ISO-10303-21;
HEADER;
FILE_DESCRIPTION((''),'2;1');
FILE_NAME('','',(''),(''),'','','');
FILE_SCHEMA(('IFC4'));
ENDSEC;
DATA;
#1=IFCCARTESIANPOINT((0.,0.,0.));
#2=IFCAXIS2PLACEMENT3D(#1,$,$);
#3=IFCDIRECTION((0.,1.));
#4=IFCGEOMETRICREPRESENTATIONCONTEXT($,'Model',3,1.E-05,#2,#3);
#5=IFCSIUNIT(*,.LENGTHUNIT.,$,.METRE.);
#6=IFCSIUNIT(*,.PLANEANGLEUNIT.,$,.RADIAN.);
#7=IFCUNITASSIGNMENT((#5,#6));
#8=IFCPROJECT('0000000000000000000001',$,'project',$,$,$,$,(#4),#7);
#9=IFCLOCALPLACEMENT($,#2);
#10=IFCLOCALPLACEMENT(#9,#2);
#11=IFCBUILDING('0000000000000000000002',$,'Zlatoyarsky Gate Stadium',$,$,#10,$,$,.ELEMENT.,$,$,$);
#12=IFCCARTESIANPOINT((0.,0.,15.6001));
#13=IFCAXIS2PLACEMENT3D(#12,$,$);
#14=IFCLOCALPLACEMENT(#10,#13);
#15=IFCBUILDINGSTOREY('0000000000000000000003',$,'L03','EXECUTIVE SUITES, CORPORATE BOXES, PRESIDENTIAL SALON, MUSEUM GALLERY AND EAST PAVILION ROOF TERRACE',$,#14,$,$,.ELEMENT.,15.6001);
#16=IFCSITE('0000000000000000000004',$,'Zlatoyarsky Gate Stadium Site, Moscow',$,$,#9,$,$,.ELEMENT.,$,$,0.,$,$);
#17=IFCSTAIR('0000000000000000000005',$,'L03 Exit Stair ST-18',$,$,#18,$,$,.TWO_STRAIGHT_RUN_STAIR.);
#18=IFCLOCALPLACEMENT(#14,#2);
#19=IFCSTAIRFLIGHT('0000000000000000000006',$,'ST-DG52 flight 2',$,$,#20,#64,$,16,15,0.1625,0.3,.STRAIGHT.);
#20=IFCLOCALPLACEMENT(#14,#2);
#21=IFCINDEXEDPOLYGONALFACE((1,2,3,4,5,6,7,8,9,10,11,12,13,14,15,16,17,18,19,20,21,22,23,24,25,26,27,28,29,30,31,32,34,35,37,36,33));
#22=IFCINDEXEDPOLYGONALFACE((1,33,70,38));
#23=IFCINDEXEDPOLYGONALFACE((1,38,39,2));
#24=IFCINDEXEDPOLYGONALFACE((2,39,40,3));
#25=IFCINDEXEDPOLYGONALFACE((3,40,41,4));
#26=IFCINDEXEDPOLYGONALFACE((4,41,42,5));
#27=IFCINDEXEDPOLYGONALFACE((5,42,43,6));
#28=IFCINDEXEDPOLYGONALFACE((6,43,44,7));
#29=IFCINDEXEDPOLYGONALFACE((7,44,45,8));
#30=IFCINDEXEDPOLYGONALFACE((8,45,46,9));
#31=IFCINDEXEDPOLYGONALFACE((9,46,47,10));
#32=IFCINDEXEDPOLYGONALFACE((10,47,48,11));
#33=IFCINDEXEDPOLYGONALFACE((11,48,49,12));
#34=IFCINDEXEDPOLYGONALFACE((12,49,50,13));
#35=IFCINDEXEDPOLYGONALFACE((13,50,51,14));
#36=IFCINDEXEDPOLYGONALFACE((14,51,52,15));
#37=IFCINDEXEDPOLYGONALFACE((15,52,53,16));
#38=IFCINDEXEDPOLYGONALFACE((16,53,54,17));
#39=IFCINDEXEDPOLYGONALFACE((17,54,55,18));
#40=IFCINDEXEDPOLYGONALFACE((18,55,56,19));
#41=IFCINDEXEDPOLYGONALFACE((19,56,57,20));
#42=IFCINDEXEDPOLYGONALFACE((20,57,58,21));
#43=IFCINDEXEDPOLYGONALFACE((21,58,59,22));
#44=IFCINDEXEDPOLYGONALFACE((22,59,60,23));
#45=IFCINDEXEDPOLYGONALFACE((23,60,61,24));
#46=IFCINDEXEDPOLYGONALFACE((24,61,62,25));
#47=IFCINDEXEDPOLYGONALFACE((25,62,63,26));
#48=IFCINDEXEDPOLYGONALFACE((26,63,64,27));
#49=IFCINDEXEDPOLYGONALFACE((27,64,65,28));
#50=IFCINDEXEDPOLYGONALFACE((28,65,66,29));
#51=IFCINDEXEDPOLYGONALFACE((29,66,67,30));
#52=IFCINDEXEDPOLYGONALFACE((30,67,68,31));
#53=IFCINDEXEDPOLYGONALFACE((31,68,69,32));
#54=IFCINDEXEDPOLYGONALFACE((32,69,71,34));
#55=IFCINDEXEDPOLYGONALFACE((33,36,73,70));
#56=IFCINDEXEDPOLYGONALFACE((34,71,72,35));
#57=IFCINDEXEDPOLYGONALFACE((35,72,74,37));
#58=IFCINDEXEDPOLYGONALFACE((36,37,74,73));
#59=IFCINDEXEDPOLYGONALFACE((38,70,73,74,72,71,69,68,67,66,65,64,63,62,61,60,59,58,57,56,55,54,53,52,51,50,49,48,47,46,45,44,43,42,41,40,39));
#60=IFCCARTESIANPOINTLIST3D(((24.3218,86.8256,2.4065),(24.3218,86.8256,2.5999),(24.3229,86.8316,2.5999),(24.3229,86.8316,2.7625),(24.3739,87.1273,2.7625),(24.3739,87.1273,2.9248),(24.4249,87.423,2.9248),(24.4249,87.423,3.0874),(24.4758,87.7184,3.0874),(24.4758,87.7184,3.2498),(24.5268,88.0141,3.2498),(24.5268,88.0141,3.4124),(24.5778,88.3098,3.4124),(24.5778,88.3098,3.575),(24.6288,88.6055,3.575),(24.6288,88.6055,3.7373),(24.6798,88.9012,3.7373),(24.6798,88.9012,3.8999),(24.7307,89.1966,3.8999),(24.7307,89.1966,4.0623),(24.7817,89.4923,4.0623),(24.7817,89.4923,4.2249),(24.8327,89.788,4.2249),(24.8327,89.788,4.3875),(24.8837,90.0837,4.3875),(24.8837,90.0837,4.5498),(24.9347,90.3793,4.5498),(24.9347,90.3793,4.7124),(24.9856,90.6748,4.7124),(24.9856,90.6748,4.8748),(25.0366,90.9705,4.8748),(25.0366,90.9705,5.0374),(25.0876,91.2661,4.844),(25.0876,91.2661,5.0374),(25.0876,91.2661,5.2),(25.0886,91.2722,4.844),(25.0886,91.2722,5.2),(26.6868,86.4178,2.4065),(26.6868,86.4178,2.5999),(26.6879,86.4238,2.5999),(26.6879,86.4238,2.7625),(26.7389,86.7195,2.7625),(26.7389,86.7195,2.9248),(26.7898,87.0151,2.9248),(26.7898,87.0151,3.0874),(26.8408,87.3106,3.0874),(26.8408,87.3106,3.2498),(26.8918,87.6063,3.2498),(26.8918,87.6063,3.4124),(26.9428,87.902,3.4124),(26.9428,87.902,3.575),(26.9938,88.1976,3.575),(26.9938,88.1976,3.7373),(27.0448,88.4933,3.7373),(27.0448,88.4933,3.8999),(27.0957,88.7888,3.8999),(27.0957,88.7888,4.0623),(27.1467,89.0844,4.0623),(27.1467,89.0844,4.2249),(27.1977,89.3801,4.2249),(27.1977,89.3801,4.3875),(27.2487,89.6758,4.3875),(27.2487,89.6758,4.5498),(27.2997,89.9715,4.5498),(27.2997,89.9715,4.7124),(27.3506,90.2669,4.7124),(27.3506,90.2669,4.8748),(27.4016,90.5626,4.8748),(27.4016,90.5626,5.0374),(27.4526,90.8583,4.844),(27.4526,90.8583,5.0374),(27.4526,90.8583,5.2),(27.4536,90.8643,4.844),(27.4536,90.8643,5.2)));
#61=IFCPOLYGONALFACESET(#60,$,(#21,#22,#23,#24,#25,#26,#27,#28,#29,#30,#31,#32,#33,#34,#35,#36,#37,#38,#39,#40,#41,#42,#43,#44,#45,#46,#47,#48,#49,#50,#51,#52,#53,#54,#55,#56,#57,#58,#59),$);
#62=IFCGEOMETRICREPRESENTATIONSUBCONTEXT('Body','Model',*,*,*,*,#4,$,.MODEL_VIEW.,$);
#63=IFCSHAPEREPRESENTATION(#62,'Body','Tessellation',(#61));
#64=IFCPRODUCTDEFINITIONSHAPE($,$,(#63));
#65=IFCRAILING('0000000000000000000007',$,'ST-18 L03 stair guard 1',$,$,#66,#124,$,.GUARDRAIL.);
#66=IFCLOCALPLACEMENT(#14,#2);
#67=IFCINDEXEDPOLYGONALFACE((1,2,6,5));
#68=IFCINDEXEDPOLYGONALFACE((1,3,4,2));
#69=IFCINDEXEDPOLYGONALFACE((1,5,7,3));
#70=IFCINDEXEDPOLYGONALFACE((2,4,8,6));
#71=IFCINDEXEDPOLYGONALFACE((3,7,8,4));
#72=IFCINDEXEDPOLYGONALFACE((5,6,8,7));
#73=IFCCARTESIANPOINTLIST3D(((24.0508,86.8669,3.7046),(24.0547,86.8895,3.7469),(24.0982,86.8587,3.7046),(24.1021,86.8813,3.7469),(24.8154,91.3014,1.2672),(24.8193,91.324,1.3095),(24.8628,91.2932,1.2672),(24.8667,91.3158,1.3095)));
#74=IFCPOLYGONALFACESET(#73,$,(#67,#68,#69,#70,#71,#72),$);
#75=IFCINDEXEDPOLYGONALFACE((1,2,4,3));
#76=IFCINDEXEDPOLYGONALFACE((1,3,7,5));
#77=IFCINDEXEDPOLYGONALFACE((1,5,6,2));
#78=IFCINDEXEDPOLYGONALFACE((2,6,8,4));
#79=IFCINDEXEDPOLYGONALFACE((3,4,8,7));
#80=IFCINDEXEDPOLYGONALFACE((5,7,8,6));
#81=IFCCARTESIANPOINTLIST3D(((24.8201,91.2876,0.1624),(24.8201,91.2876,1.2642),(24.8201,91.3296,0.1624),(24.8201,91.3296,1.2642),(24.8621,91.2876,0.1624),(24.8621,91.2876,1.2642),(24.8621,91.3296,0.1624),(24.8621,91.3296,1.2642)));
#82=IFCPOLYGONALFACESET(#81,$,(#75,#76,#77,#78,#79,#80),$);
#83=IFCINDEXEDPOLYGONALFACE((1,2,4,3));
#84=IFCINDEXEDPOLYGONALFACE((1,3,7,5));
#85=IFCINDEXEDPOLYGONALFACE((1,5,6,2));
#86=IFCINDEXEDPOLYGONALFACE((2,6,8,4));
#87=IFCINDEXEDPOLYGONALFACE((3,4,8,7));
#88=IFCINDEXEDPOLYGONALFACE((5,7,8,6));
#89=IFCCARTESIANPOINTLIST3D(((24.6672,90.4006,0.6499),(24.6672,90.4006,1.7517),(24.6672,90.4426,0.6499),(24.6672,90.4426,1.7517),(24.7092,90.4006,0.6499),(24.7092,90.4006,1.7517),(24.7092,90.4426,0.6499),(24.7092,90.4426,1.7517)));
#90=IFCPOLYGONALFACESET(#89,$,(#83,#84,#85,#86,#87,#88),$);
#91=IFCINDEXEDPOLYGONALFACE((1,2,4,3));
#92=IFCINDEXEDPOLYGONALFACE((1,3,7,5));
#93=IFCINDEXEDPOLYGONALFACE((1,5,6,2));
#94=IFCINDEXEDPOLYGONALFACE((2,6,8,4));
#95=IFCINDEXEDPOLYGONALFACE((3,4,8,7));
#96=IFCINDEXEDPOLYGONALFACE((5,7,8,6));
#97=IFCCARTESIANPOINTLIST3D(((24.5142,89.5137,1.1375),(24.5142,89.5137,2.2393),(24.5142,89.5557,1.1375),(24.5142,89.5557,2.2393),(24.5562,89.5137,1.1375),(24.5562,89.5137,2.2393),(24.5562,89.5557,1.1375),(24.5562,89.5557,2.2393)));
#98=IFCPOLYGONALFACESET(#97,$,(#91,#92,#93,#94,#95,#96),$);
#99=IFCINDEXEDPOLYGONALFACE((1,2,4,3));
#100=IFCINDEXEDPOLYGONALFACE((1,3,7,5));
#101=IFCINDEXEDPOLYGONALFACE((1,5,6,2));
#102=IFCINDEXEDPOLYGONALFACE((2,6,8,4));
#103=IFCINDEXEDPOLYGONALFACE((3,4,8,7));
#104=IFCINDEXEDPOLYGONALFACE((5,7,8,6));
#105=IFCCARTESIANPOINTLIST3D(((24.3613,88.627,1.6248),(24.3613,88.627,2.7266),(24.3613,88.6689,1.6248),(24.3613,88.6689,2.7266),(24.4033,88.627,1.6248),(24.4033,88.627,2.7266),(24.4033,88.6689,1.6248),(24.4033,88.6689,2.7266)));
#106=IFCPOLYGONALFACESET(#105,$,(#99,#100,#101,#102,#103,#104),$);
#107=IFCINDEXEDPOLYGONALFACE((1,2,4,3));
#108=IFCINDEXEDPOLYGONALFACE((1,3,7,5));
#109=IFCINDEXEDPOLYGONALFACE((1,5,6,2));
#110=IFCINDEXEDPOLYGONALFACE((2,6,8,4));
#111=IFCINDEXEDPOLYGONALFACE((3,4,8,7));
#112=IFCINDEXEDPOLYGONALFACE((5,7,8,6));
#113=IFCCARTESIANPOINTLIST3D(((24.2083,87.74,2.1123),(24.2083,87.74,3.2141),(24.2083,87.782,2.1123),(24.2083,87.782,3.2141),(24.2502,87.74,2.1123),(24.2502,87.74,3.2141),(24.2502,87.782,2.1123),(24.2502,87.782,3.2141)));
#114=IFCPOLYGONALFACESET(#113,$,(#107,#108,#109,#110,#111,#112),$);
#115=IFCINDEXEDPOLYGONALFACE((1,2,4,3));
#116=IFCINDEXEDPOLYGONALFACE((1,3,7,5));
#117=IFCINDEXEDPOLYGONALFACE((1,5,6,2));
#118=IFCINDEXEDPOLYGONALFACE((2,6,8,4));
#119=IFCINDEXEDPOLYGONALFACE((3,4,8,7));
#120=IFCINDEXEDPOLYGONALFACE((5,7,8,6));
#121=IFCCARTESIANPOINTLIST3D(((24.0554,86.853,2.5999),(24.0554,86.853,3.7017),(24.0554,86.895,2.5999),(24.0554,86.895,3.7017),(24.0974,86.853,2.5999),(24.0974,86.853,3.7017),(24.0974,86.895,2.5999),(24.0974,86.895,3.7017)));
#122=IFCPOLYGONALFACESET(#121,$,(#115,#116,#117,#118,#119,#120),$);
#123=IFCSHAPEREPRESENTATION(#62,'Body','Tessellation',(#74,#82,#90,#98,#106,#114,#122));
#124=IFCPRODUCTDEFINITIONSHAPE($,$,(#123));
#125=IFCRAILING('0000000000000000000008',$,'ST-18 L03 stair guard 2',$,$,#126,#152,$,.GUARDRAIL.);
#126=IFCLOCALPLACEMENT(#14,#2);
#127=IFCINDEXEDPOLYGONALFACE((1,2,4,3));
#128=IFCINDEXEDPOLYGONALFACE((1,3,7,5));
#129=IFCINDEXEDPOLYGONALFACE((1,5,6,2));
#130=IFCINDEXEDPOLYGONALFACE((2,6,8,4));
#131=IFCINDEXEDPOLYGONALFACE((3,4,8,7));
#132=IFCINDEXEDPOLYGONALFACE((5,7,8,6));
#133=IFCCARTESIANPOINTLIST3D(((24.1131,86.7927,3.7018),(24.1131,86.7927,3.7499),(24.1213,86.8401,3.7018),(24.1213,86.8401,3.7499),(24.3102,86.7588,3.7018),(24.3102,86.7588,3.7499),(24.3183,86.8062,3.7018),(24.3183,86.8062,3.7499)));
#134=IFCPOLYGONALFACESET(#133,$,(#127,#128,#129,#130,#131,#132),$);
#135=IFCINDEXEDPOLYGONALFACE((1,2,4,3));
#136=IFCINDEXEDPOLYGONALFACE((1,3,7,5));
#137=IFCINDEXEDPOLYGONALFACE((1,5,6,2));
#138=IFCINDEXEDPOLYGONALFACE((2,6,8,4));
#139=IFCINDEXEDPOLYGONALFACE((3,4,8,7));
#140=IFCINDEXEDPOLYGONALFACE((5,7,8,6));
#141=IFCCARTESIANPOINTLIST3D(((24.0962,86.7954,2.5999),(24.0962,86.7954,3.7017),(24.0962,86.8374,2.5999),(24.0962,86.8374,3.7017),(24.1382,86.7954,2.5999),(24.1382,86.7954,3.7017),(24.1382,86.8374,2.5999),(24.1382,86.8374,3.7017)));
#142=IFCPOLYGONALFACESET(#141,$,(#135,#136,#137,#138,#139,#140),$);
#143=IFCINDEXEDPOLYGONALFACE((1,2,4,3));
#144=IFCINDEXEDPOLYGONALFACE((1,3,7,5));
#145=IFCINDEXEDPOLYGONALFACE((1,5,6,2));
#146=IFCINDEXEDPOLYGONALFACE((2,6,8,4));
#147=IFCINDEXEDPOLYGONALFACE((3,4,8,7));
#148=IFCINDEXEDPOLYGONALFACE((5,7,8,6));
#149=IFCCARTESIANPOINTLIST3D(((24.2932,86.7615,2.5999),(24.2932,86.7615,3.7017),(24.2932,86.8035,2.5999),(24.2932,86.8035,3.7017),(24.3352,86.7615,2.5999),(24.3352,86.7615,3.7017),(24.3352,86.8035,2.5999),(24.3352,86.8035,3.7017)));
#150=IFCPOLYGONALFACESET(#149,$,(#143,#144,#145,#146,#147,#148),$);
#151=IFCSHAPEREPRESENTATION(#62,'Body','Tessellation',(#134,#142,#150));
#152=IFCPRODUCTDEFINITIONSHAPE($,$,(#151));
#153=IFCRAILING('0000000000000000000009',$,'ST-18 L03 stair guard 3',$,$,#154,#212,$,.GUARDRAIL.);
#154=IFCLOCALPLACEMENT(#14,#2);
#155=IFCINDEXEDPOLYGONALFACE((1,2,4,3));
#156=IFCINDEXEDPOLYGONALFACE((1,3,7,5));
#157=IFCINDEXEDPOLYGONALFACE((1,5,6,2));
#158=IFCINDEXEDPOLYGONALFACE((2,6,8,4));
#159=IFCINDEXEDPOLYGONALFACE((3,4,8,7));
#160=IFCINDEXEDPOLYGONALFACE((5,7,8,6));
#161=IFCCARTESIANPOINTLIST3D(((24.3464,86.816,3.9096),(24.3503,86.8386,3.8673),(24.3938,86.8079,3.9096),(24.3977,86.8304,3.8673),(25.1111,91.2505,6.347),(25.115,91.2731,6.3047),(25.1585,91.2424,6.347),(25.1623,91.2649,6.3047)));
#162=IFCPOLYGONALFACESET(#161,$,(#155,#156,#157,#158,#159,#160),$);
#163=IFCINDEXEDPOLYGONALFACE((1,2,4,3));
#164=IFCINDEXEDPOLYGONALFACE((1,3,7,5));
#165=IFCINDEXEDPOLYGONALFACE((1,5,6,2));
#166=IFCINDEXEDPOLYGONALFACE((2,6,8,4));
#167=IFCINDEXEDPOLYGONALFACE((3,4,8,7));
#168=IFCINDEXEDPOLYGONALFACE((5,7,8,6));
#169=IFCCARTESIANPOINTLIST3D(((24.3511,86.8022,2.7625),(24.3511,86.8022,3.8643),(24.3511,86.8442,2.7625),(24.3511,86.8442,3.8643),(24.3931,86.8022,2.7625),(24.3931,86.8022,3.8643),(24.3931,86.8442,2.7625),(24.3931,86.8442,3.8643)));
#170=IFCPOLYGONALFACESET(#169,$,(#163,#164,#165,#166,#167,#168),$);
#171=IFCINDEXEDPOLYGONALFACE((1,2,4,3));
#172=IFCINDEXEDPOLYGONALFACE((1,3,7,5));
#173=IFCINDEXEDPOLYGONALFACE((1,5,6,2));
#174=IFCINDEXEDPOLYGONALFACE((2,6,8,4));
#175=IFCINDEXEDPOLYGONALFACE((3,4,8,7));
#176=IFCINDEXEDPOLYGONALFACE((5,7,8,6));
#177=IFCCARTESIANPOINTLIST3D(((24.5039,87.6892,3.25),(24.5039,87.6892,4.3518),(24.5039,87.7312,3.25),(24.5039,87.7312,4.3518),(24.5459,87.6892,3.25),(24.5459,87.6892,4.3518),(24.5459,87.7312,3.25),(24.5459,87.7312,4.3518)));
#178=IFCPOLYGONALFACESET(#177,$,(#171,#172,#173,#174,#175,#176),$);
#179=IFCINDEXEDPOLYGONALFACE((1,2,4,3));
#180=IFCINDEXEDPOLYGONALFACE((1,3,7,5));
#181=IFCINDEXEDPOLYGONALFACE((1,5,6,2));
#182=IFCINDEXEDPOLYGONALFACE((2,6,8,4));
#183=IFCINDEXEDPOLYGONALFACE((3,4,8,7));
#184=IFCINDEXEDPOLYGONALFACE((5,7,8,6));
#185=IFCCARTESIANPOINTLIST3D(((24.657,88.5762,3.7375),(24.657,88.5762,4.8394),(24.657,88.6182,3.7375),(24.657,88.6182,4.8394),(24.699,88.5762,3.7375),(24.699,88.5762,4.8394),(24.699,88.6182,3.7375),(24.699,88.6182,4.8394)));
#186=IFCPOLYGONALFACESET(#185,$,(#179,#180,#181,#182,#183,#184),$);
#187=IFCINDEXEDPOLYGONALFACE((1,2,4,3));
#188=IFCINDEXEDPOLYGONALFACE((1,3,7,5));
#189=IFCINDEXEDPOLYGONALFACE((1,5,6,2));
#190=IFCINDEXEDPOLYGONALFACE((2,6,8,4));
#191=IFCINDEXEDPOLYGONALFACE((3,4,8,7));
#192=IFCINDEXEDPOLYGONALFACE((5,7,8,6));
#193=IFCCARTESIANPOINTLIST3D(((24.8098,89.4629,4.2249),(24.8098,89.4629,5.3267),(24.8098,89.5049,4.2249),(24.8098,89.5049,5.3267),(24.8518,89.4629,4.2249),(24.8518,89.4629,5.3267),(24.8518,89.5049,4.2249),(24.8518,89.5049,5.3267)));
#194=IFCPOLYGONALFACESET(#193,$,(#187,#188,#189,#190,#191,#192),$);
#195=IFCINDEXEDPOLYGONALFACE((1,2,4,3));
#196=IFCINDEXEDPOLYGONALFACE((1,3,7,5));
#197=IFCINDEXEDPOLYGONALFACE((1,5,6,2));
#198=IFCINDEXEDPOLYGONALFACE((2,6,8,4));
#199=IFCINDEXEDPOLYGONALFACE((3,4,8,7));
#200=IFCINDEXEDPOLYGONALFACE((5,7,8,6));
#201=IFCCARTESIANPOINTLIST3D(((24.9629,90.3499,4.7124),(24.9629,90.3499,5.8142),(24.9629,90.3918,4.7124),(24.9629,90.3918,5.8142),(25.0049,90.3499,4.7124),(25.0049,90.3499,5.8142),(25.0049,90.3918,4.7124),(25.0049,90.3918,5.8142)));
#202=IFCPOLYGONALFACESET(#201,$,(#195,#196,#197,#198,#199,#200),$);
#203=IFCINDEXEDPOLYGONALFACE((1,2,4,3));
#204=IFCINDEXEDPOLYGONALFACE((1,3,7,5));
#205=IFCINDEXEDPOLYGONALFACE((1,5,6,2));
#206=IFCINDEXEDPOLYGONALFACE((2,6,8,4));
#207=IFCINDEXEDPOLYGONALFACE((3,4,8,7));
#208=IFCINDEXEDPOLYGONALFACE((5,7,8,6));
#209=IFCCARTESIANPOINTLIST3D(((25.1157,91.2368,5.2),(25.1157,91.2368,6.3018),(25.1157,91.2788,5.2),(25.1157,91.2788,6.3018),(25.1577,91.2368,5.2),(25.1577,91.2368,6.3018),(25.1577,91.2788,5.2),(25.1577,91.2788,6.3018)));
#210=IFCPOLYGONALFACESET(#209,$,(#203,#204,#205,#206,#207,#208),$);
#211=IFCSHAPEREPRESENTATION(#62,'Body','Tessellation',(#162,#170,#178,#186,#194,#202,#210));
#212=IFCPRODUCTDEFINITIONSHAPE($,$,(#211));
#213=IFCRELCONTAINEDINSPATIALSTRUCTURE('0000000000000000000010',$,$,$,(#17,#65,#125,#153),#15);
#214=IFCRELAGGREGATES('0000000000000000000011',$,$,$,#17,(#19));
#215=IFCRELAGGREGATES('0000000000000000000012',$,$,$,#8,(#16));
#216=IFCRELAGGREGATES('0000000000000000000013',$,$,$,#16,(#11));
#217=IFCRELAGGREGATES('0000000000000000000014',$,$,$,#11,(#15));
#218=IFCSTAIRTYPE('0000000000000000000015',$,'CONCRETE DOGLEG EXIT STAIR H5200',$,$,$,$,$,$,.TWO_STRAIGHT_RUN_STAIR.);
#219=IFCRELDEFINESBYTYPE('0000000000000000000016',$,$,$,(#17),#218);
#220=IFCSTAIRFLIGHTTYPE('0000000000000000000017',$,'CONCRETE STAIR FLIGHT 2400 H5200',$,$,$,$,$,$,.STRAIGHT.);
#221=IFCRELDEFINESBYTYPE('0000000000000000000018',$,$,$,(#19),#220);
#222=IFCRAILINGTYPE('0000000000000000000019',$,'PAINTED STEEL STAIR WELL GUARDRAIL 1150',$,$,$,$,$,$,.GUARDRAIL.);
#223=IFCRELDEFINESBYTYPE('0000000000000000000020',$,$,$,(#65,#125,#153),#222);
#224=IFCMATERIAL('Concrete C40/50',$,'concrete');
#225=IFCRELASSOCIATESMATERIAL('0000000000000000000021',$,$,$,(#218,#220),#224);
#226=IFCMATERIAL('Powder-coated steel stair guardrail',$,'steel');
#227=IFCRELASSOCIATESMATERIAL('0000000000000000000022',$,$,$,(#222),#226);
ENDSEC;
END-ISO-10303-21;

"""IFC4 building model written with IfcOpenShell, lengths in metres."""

from ifc_helpers import new_model, si_unit, direction, frame, origin, origin_2d, place, context, subcontext, project, spatial, polyline, rectangle, outline, extrude, material, type_object, element, aggregate, save


model = new_model("IFC4")

# Units and contexts
model_context = context("Model", 3, precision=1e-05, world=origin(), true_north=direction((0.0, 1.0)))
body_context = subcontext(model_context, "Body", "Model", "MODEL_VIEW")
ifc_project = project(units=[si_unit("LENGTHUNIT", "METRE"), si_unit("PLANEANGLEUNIT", "RADIAN")], contexts=[model_context])

# Site, building, storey
site_placement = place(None, origin())
site = spatial("IfcSite", under=ifc_project, at=site_placement, Name="Zlatoyarsky Gate Stadium Site, Moscow", CompositionType="ELEMENT", RefElevation=0.0)
building_placement = place(site_placement, origin())
building = spatial("IfcBuilding", under=site, at=building_placement, Name="Zlatoyarsky Gate Stadium", CompositionType="ELEMENT")
storey_placement = place(building_placement, frame((0.0, 0.0, 15.6001)))
storey = spatial("IfcBuildingStorey", under=building, at=storey_placement, Name="L03", Description="EXECUTIVE SUITES, CORPORATE BOXES, PRESIDENTIAL SALON, MUSEUM GALLERY AND EAST PAVILION ROOF TERRACE", CompositionType="ELEMENT", Elevation=15.6001)

# Shared definitions
ifc_material_1 = material(Name="Concrete C40/50", Category="concrete")

# Stair, stair flight
stair_type = type_object("IfcStairType", Name="CONCRETE DOGLEG EXIT STAIR H5200", PredefinedType="TWO_STRAIGHT_RUN_STAIR", material=ifc_material_1)
stair_placement = place(storey_placement, origin())
stair = element("IfcStair", 1, at=stair_placement, inside=storey, type_object=stair_type, Name="L03 Exit Stair ST-18", PredefinedType="TWO_STRAIGHT_RUN_STAIR")
stair_flight_type = type_object("IfcStairFlightType", Name="CONCRETE STAIR FLIGHT 2400 H5200", PredefinedType="STRAIGHT", material=ifc_material_1)
stair_flight_1_placement = place(storey_placement, frame((25.5054, 86.6277, 2.5999), z_axis=(0.0, 0.0, 1.0), x_axis=(0.169938, 0.985455, 0.0)))
stair_flight_1 = element("IfcStairFlight", 2, at=stair_flight_1_placement, type_object=stair_flight_type, Name="ST-DG52 flight 2", NumberOfRisers=16, NumberOfTreads=15, PredefinedType="STRAIGHT", RiserHeight=0.1625, TreadLength=0.3, context=body_context, shape_type="SweptSolid", body=[
    extrude(outline(polyline([(-0.0061, -0.1934), (-0.0061, 0.0), (0.0, 0.0), (0.0, 0.1626), (0.3, 0.1626), (0.3, 0.325), (0.6001, 0.325), (0.6001, 0.4875), (0.8999, 0.4875), (0.8999, 0.6499), (1.2, 0.6499), (1.2, 0.8125), (1.5, 0.8125), (1.5, 0.9751), (1.8, 0.9751), (1.8, 1.1375), (2.1001, 1.1375), (2.1001, 1.3), (2.3999, 1.3), (2.3999, 1.4624), (2.7, 1.4624), (2.7, 1.625), (3.0, 1.625), (3.0, 1.7876), (3.3, 1.7876), (3.3, 1.95), (3.6001, 1.95), (3.6001, 2.1125), (3.8999, 2.1125), (3.8999, 2.2749), (4.2, 2.2749), (4.2, 2.4375), (4.5, 2.4375), (4.5, 2.6001), (4.5061, 2.6001), (4.5061, 2.2441), (4.5, 2.2441), (-0.0061, -0.1934)])), frame((0.0, 1.2, 0.0), z_axis=(0.0, -1.0, 0.0), x_axis=(1.0, 0.0, 0.0)), (0.0, 0.0, 1.0), 2.3999),
])
aggregate(stair, [stair_flight_1])

# Railings
ifc_material_2 = material(Name="Powder-coated steel stair guardrail", Category="steel")
railing_type_1 = type_object("IfcRailingType", Name="PAINTED STEEL STAIR WELL GUARDRAIL 1150", PredefinedType="GUARDRAIL", material=ifc_material_2)
railing_1_placement = place(storey_placement, frame((24.8411, 91.3086, 0.1624)))
element("IfcRailing", 3, at=railing_1_placement, inside=storey, type_object=railing_type_1, Name="ST-18 L03 stair guard 1", PredefinedType="GUARDRAIL", context=body_context, shape_type="SweptSolid", body=[
    extrude(rectangle(XDim=0.0481, YDim=0.0481, at=origin_2d()), frame((0.0, 0.0, 1.126), z_axis=(-0.149411, -0.866505, 0.476282), x_axis=(0.985458, -0.169921, 0.0)), (0.0, 0.0, 1.0), 5.1177),
    extrude(rectangle(XDim=0.042, YDim=0.042, at=origin_2d()), origin(), (0.0, 0.0, 1.0), 1.1018),
    extrude(rectangle(XDim=0.042, YDim=0.042, at=origin_2d()), frame((-0.1528, -0.887, 0.4875)), (0.0, 0.0, 1.0), 1.1018),
    extrude(rectangle(XDim=0.042, YDim=0.042, at=origin_2d()), frame((-0.3059, -1.7739, 0.9751)), (0.0, 0.0, 1.0), 1.1018),
    extrude(rectangle(XDim=0.042, YDim=0.042, at=origin_2d()), frame((-0.4587, -2.6606, 1.4624)), (0.0, 0.0, 1.0), 1.1018),
    extrude(rectangle(XDim=0.042, YDim=0.042, at=origin_2d()), frame((-0.6118, -3.5476, 1.95)), (0.0, 0.0, 1.0), 1.1018),
    extrude(rectangle(XDim=0.042, YDim=0.042, at=origin_2d()), frame((-0.7646, -4.4346, 2.4375)), (0.0, 0.0, 1.0), 1.1018),
])
railing_2_placement = place(storey_placement, frame((24.1172, 86.8164, 2.5999)))
element("IfcRailing", 4, at=railing_2_placement, inside=storey, type_object=railing_type_1, Name="ST-18 L03 stair guard 2", PredefinedType="GUARDRAIL", context=body_context, shape_type="SweptSolid", body=[
    extrude(rectangle(XDim=0.0481, YDim=0.0481, at=origin_2d()), frame((0.0, 0.0, 1.126), z_axis=(0.985488, -0.169743, 0.0), x_axis=(0.169743, 0.985488, 0.0)), (0.0, 0.0, 1.0), 0.2),
    extrude(rectangle(XDim=0.042, YDim=0.042, at=origin_2d()), origin(), (0.0, 0.0, 1.0), 1.1018),
    extrude(rectangle(XDim=0.042, YDim=0.042, at=origin_2d()), frame((0.197, -0.0339, 0.0)), (0.0, 0.0, 1.0), 1.1018),
])
railing_3_placement = place(storey_placement, frame((24.3721, 86.8232, 2.7625)))
element("IfcRailing", 5, at=railing_3_placement, inside=storey, type_object=railing_type_1, Name="ST-18 L03 stair guard 3", PredefinedType="GUARDRAIL", context=body_context, shape_type="SweptSolid", body=[
    extrude(rectangle(XDim=0.0481, YDim=0.0481, at=origin_2d()), frame((0.0, 0.0, 1.126), z_axis=(0.149411, 0.866505, 0.476282), x_axis=(-0.985458, 0.169921, 0.0)), (0.0, 0.0, 1.0), 5.1177),
    extrude(rectangle(XDim=0.042, YDim=0.042, at=origin_2d()), origin(), (0.0, 0.0, 1.0), 1.1018),
    extrude(rectangle(XDim=0.042, YDim=0.042, at=origin_2d()), frame((0.1528, 0.887, 0.4875)), (0.0, 0.0, 1.0), 1.1018),
    extrude(rectangle(XDim=0.042, YDim=0.042, at=origin_2d()), frame((0.3059, 1.7739, 0.9751)), (0.0, 0.0, 1.0), 1.1018),
    extrude(rectangle(XDim=0.042, YDim=0.042, at=origin_2d()), frame((0.4587, 2.6606, 1.4624)), (0.0, 0.0, 1.0), 1.1018),
    extrude(rectangle(XDim=0.042, YDim=0.042, at=origin_2d()), frame((0.6118, 3.5476, 1.95)), (0.0, 0.0, 1.0), 1.1018),
    extrude(rectangle(XDim=0.042, YDim=0.042, at=origin_2d()), frame((0.7646, 4.4346, 2.4375)), (0.0, 0.0, 1.0), 1.1018),
])

save(model, "model.ifc")
